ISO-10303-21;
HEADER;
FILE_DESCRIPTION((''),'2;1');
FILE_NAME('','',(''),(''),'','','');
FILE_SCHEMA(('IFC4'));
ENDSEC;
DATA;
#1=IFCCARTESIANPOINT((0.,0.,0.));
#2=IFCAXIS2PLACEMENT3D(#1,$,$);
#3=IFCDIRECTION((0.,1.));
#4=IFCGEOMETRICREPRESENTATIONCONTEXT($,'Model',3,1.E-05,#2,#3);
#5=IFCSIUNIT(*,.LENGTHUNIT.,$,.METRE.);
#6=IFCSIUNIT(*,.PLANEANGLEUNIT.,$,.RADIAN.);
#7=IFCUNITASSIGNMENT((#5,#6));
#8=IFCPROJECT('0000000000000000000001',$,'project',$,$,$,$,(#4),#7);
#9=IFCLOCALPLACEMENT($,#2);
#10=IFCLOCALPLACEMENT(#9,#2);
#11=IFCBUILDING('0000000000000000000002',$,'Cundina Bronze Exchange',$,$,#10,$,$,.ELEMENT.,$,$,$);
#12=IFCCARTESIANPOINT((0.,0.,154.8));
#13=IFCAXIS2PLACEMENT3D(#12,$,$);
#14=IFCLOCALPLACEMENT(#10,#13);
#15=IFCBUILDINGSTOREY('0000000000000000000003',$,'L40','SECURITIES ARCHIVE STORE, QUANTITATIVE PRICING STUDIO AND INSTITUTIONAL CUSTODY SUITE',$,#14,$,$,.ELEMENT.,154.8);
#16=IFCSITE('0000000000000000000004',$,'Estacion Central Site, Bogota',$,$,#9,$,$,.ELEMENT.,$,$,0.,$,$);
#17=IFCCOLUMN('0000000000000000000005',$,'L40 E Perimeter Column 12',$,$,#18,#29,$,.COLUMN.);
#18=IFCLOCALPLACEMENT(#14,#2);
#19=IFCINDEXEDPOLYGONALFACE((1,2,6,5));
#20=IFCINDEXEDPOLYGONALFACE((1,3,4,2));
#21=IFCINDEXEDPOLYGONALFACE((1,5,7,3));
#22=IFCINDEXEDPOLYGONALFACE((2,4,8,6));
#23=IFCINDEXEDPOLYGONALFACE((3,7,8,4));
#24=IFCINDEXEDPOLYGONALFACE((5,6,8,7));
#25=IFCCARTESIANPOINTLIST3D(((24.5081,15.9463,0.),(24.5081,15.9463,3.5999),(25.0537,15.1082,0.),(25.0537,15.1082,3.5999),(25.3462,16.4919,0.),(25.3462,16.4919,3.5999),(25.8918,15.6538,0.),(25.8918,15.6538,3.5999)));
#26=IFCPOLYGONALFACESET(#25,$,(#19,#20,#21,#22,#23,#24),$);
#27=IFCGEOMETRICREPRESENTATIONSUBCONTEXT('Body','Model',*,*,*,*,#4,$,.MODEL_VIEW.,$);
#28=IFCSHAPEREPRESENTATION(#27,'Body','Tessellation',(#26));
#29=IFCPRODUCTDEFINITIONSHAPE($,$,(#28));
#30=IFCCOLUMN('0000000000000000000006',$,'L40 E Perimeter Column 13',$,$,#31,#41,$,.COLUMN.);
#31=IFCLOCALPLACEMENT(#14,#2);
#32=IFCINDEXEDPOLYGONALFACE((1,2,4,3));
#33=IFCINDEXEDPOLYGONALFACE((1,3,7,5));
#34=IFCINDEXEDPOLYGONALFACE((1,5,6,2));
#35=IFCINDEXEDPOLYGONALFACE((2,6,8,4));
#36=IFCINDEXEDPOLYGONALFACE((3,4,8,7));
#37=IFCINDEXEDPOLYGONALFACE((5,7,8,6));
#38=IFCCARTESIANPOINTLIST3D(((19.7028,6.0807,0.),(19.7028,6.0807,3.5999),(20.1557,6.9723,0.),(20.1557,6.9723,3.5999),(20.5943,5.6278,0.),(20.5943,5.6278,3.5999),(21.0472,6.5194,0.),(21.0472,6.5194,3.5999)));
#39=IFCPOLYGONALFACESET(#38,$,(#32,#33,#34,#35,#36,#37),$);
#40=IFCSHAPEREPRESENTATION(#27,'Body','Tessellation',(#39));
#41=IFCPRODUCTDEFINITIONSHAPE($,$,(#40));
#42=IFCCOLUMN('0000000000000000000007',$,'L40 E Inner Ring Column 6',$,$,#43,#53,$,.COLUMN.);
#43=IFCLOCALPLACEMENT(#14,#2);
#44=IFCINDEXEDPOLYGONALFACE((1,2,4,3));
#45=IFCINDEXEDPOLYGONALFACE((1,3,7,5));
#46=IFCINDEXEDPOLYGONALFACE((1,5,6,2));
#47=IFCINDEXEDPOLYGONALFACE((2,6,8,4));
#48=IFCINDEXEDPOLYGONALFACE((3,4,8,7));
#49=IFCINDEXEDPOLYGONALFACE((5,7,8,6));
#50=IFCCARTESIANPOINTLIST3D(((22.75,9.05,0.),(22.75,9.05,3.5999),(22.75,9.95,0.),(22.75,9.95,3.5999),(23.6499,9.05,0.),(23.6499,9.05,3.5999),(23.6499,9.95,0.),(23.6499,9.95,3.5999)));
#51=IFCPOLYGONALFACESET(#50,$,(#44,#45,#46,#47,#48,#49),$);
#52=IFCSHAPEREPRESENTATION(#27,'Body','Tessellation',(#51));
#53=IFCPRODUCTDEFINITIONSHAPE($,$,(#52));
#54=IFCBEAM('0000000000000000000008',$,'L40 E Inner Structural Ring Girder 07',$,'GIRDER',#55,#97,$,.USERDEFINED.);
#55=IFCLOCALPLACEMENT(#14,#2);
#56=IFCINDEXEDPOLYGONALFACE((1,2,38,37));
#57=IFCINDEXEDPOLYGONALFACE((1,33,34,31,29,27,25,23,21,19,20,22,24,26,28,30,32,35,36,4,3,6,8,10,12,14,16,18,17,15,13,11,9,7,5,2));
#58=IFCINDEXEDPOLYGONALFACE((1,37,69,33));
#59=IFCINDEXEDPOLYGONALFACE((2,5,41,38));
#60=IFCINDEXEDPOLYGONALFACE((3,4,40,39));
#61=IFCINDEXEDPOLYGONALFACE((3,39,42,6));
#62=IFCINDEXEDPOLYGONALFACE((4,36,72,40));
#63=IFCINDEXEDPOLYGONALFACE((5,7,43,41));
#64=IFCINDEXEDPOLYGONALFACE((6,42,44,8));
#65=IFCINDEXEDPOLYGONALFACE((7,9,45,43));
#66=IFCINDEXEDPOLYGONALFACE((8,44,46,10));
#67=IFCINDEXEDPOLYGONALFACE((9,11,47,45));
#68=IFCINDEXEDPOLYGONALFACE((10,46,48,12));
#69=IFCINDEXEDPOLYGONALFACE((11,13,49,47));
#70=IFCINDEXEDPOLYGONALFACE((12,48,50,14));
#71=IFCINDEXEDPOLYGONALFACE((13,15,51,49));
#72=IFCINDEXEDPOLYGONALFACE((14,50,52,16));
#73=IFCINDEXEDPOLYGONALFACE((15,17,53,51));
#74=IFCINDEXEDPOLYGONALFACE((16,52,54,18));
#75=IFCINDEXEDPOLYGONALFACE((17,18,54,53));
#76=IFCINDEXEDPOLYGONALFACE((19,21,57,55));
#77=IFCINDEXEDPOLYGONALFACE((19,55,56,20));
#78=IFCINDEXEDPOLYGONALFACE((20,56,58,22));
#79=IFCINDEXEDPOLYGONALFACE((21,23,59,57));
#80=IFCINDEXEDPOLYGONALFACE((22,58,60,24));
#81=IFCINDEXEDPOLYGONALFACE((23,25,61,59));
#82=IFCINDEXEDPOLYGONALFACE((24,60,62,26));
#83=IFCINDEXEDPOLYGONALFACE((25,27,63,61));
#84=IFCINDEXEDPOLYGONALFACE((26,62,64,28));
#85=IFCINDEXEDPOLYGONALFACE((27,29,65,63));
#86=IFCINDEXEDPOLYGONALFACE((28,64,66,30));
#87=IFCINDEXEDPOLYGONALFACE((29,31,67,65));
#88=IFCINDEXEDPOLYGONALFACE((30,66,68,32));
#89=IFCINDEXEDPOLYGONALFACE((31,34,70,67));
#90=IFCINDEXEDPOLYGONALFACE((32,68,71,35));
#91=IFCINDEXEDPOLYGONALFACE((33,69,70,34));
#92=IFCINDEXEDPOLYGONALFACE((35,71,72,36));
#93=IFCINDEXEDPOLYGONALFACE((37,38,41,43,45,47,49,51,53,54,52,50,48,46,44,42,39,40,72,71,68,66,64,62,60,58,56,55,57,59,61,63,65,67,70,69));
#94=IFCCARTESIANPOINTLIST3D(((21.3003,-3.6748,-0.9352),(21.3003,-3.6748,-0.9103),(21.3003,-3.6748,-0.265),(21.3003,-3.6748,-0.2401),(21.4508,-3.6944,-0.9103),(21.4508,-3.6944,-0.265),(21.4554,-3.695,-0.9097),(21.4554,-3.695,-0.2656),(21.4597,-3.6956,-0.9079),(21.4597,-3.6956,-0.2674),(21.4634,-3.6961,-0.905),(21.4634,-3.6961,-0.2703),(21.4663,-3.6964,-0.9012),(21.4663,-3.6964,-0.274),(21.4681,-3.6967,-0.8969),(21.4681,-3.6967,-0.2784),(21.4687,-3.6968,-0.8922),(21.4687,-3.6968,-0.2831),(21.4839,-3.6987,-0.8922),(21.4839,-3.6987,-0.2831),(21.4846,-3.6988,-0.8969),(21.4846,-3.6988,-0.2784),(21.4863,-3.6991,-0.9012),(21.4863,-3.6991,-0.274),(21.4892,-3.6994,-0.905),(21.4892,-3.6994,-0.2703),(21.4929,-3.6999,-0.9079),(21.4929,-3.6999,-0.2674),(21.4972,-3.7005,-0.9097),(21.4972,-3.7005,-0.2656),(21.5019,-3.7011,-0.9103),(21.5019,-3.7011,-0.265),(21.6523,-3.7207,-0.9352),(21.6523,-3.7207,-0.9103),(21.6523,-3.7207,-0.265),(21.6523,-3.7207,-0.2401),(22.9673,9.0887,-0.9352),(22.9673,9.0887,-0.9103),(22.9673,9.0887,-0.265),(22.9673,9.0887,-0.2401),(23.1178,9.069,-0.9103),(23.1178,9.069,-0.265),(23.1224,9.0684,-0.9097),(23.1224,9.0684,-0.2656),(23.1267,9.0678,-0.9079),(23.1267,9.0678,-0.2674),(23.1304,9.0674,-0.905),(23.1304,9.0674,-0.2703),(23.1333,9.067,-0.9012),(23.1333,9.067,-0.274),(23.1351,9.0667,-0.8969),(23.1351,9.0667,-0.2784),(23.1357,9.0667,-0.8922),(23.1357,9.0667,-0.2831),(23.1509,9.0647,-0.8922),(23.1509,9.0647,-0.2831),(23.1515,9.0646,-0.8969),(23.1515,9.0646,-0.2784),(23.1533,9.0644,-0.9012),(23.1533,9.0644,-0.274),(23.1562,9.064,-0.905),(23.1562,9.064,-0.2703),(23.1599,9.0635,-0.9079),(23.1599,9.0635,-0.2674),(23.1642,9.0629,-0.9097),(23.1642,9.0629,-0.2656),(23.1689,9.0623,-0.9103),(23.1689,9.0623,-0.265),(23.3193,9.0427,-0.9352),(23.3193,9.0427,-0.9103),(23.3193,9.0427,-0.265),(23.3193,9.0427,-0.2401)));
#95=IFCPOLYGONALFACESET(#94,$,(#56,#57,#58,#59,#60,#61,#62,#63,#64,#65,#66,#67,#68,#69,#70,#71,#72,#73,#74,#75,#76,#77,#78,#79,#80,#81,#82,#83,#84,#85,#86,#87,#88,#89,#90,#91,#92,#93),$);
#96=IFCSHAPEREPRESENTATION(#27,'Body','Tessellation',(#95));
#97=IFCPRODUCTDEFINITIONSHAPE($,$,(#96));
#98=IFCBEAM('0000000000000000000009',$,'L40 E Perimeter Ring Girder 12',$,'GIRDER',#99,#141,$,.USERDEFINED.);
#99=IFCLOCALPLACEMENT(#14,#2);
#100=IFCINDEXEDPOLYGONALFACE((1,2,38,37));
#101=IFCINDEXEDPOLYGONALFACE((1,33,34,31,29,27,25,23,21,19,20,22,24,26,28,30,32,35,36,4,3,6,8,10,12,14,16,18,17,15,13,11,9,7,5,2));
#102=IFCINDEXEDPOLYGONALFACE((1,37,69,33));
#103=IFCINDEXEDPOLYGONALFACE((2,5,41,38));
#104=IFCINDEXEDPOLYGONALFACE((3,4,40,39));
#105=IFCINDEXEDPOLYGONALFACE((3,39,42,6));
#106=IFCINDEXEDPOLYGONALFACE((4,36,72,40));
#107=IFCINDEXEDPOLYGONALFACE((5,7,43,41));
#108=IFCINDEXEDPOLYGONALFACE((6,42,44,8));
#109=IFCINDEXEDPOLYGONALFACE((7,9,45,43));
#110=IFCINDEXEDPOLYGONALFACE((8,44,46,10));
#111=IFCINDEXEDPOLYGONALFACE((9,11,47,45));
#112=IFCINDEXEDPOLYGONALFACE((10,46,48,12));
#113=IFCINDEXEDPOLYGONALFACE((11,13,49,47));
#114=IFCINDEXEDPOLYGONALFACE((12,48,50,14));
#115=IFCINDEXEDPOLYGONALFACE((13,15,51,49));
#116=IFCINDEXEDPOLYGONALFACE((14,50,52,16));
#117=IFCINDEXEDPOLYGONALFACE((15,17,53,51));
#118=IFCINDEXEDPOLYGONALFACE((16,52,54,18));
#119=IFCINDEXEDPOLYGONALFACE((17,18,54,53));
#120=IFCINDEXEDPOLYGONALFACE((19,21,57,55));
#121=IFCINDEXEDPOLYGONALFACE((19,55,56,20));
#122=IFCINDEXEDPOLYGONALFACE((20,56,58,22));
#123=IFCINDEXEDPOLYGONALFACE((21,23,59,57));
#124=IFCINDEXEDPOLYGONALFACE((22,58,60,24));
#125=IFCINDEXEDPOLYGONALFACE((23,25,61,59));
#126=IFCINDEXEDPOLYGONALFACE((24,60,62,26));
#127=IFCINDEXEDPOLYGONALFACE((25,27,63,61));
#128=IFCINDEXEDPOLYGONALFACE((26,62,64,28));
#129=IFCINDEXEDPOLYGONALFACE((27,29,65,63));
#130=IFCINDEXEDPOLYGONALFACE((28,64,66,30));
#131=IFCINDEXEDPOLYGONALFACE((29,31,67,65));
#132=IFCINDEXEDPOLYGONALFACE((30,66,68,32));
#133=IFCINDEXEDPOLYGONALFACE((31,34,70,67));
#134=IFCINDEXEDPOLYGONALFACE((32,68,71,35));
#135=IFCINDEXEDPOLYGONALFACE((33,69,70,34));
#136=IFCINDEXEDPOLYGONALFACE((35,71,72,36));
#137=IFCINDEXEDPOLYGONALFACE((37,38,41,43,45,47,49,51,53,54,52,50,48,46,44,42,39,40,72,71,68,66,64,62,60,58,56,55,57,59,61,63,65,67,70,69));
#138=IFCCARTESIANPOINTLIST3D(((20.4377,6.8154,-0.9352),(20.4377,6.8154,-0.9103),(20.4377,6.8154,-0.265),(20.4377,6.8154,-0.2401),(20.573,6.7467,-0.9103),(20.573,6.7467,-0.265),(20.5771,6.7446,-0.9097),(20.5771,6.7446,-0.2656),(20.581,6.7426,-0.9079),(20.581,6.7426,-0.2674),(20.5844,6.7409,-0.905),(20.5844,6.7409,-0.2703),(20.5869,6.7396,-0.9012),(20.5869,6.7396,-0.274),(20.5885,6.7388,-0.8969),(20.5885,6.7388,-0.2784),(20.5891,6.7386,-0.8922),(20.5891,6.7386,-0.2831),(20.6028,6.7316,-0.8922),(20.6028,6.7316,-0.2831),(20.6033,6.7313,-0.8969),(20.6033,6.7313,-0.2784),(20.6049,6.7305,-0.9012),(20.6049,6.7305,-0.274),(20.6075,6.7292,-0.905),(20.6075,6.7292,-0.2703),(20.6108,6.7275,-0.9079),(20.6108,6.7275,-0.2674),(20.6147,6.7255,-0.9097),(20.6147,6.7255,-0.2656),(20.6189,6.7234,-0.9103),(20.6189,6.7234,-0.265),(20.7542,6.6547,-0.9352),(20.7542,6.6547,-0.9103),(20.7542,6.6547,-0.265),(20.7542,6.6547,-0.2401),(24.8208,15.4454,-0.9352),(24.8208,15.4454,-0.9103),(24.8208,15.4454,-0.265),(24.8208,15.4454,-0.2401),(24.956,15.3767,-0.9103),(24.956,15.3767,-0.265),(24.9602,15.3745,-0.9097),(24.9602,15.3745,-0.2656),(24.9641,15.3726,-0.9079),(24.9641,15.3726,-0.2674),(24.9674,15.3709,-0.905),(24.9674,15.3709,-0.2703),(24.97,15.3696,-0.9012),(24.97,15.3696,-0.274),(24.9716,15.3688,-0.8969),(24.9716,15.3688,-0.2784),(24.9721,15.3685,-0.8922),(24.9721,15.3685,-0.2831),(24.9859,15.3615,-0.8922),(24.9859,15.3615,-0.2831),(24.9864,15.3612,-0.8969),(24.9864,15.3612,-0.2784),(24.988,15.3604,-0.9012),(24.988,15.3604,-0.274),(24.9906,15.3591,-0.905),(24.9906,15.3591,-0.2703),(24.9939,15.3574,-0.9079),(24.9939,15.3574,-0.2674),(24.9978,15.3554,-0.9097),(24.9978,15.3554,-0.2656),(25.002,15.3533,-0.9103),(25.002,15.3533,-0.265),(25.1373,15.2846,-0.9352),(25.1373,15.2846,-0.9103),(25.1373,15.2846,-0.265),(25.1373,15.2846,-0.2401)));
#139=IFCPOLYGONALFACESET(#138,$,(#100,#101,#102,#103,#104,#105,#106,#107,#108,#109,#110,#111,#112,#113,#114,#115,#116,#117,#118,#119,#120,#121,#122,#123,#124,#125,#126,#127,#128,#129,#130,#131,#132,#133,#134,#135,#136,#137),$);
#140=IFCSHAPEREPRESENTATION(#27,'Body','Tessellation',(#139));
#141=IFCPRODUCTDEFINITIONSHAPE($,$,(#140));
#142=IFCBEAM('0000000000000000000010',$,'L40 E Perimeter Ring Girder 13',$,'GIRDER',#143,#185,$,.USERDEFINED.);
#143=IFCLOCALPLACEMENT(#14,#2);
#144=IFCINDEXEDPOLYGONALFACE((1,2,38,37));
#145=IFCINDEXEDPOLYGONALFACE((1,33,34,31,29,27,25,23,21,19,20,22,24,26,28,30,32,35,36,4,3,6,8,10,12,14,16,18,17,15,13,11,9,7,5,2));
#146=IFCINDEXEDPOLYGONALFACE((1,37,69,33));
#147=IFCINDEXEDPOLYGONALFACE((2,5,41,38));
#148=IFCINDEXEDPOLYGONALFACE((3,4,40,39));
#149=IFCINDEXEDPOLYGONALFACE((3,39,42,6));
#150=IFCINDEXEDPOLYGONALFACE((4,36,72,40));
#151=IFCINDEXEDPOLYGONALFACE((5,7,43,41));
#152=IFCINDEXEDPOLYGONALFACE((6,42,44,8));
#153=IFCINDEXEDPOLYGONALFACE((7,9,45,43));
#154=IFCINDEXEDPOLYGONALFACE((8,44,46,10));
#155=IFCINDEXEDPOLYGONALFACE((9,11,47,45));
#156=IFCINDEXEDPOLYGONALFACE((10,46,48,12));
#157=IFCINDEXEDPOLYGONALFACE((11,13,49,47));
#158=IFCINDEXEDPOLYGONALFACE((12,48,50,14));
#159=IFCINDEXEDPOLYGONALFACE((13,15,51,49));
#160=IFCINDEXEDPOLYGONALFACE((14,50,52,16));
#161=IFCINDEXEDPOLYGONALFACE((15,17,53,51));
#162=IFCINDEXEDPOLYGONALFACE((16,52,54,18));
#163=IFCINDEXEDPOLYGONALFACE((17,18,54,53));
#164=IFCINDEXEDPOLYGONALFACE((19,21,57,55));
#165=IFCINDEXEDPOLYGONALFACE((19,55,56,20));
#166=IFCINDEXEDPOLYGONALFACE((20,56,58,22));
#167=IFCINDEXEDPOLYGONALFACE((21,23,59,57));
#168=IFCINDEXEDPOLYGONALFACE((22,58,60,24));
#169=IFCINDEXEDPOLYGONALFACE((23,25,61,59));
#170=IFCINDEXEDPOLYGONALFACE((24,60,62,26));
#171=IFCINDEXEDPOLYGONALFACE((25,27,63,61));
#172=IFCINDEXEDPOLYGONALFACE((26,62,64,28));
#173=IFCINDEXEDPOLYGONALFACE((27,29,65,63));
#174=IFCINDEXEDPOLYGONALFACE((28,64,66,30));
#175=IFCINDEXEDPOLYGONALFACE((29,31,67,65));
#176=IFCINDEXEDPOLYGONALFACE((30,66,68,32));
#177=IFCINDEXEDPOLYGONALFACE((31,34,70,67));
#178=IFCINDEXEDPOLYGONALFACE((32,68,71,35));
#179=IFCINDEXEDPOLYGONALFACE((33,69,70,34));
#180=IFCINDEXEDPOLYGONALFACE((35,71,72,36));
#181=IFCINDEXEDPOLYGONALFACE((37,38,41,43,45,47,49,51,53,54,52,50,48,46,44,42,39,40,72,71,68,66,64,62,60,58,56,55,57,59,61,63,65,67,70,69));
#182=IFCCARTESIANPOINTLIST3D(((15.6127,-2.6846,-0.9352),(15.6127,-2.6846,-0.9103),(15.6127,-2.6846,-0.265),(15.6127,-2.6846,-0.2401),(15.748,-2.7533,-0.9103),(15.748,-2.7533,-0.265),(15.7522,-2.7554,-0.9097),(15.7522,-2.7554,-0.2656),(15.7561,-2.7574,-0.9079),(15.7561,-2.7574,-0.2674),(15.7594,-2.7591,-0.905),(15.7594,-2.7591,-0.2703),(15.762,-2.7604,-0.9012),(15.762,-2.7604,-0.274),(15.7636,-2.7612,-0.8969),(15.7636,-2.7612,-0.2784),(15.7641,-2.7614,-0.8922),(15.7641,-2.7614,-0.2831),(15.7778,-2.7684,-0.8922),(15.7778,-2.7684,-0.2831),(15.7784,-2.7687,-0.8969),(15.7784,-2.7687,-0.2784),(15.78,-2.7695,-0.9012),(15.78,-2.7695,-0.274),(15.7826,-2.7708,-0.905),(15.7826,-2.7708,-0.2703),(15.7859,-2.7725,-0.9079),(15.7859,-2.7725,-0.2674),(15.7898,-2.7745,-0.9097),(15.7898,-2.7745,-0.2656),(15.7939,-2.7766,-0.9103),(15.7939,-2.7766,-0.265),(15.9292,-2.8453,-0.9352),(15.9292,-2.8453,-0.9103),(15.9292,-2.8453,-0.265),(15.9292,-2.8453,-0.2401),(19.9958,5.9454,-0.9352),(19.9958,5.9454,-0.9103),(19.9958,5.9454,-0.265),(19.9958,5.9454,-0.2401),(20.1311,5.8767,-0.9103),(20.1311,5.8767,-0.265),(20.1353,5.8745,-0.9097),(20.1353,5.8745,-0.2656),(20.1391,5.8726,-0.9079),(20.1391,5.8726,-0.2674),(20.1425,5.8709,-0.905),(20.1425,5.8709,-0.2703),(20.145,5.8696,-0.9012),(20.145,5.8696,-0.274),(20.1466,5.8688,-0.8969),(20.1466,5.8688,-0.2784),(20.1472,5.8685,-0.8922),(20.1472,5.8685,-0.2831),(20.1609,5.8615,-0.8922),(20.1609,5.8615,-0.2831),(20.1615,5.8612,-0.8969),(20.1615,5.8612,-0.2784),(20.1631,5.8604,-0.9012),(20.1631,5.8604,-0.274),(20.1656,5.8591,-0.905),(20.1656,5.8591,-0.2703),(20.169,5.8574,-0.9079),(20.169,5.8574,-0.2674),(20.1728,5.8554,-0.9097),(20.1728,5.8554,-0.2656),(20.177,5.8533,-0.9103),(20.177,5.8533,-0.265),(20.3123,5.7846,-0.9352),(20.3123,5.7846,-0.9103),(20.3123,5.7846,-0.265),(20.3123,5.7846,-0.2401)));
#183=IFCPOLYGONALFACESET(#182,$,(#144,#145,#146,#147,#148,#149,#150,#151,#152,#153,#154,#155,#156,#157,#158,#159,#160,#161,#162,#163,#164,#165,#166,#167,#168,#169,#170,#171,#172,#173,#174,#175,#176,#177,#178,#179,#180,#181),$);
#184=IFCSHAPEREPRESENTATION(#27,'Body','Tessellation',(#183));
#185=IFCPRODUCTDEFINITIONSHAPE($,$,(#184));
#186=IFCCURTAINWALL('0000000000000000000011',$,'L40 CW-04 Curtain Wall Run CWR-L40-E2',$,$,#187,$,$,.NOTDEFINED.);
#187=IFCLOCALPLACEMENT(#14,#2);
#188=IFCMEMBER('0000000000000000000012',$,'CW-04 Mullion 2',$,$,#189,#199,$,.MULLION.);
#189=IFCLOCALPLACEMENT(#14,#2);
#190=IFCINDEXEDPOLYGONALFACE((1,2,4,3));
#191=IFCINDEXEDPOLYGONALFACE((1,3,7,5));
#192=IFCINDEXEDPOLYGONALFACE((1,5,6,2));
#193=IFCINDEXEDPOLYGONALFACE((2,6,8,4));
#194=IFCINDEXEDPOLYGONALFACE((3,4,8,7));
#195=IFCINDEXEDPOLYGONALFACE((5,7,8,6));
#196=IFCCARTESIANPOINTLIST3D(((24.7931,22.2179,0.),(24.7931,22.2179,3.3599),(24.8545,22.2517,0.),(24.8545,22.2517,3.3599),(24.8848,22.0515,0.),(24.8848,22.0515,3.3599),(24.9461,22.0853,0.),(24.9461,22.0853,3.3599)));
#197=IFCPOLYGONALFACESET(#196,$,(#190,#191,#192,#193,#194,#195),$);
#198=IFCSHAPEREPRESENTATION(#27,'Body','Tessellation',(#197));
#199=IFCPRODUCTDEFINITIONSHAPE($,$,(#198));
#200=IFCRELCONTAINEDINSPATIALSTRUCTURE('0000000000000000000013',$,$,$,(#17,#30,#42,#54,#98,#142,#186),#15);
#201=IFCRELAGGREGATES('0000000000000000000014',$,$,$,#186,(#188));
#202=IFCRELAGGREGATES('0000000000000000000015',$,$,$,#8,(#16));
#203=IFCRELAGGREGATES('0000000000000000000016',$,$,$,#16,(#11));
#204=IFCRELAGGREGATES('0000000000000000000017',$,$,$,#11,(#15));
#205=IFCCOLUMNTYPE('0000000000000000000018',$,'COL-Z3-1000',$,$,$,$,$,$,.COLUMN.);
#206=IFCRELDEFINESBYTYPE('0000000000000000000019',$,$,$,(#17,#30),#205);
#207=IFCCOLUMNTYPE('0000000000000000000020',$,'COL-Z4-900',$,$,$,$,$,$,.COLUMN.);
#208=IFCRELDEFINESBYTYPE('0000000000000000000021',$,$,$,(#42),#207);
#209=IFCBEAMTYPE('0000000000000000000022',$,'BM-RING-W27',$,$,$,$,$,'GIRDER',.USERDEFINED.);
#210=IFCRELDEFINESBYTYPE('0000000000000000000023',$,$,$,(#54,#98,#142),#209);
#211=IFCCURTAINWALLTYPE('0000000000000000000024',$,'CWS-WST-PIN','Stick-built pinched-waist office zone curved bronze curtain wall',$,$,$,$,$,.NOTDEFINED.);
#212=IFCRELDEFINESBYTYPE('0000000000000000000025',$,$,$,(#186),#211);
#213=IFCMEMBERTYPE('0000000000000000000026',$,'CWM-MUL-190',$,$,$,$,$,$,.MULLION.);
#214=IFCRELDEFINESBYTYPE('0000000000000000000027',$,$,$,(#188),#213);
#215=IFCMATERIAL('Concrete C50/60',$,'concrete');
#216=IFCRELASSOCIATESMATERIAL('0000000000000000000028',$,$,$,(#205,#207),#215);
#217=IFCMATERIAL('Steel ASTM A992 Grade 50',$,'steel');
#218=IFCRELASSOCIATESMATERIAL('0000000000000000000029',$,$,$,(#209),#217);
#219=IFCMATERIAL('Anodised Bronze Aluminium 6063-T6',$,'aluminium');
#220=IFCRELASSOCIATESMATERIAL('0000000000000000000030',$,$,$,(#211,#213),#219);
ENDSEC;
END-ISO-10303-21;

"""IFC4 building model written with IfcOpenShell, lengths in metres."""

from ifc_helpers import new_model, si_unit, direction, frame, origin, origin_2d, place, context, subcontext, project, spatial, rectangle, i_section, extrude, material, material_profile, profile_set, type_object, element, aggregate, save


model = new_model("IFC4")

# Units and contexts
model_context = context("Model", 3, precision=1e-05, world=origin(), true_north=direction((0.0, 1.0)))
body_context = subcontext(model_context, "Body", "Model", "MODEL_VIEW")
ifc_project = project(units=[si_unit("LENGTHUNIT", "METRE"), si_unit("PLANEANGLEUNIT", "RADIAN")], contexts=[model_context])

# Site, building, storey
site_placement = place(None, origin())
site = spatial("IfcSite", under=ifc_project, at=site_placement, Name="Estacion Central Site, Bogota", CompositionType="ELEMENT", RefElevation=0.0)
building_placement = place(site_placement, origin())
building = spatial("IfcBuilding", under=site, at=building_placement, Name="Cundina Bronze Exchange", CompositionType="ELEMENT")
storey_placement = place(building_placement, frame((0.0, 0.0, 154.8)))
storey = spatial("IfcBuildingStorey", under=building, at=storey_placement, Name="L40", Description="SECURITIES ARCHIVE STORE, QUANTITATIVE PRICING STUDIO AND INSTITUTIONAL CUSTODY SUITE", CompositionType="ELEMENT", Elevation=154.8)

# Columns
ifc_material_1 = material(Name="Concrete C50/60", Category="concrete")
ifc_material_profile_1 = material_profile(ifc_material_1, rectangle(XDim=1.0, YDim=1.0, at=origin_2d()), Name="RC1000X1000", Category="concrete")
ifc_profile_set_1 = profile_set([ifc_material_profile_1], Name="Concrete C50/60")
column_type_1 = type_object("IfcColumnType", Name="COL-Z3-1000", PredefinedType="COLUMN", material=ifc_profile_set_1)
for number, where, z_axis, x_axis, name in (
    (1, (25.2, 15.8, 0.0), (0.0, 0.0, 1.0), (-0.8381, -0.545517, 0.0), "L40 E Perimeter Column 12"),
    (2, (20.375, 6.3, 0.0), (0.0, 0.0, 1.0), (-0.452902, -0.891561, 0.0), "L40 E Perimeter Column 13"),
):
    element("IfcColumn", number, at=place(storey_placement, frame(where, z_axis=z_axis, x_axis=x_axis)), inside=storey, type_object=column_type_1, Name=name, PredefinedType="COLUMN", context=body_context, shape_type="SweptSolid", body=[
        extrude(rectangle(XDim=1.0, YDim=1.0, at=origin_2d()), origin(), (0.0, 0.0, 1.0), 3.5999),
    ])
ifc_material_profile_2 = material_profile(ifc_material_1, rectangle(XDim=0.8999, YDim=0.8999, at=origin_2d()), Name="RC900X900", Category="concrete")
ifc_profile_set_2 = profile_set([ifc_material_profile_2], Name="Concrete C50/60")
column_type_2 = type_object("IfcColumnType", Name="COL-Z4-900", PredefinedType="COLUMN", material=ifc_profile_set_2)
column_placement = place(storey_placement, frame((23.2, 9.5, 0.0), z_axis=(0.0, 0.0, 1.0), x_axis=(1.0, 0.0, 0.0)))
element("IfcColumn", 3, at=column_placement, inside=storey, type_object=column_type_2, Name="L40 E Inner Ring Column 6", PredefinedType="COLUMN", context=body_context, shape_type="SweptSolid", body=[
    extrude(rectangle(XDim=0.8999, YDim=0.8999, at=origin_2d()), origin(), (0.0, 0.0, 1.0), 3.5999),
])

# Beams
ifc_material_2 = material(Name="Steel ASTM A992 Grade 50", Category="steel")
ifc_material_profile_3 = material_profile(ifc_material_2, i_section(OverallWidth=0.355, OverallDepth=0.6951, WebThickness=0.0154, FlangeThickness=0.0249, FilletRadius=0.0181, at=origin_2d()), Name="W27X146", Category="steel")
ifc_profile_set_3 = profile_set([ifc_material_profile_3], Name="Steel ASTM A992 Grade 50")
beam_type = type_object("IfcBeamType", Name="BM-RING-W27", ElementType="GIRDER", PredefinedType="USERDEFINED", material=ifc_profile_set_3)
beam_placement = place(storey_placement, frame((23.1433, 9.0657, -0.5876), z_axis=(-0.129507, -0.991579, 0.0), x_axis=(0.991579, -0.129507, 0.0)))
element("IfcBeam", 4, at=beam_placement, inside=storey, type_object=beam_type, Name="L40 E Inner Structural Ring Girder 07", ObjectType="GIRDER", PredefinedType="USERDEFINED", context=body_context, shape_type="SweptSolid", body=[
    extrude(i_section(OverallWidth=0.355, OverallDepth=0.6951, WebThickness=0.0154, FlangeThickness=0.0249, FilletRadius=0.0181, at=origin_2d()), origin(), (0.0, 0.0, 1.0), 12.8718),
])
for number, where, z_axis, x_axis, name in (
    (5, (24.979, 15.365, -0.5876), (-0.452835, -0.891595, 0.0), (0.891595, -0.452835, 0.0), "L40 E Perimeter Ring Girder 12"),
    (6, (20.1541, 5.865, -0.5876), (-0.452835, -0.891595, 0.0), (0.891595, -0.452835, 0.0), "L40 E Perimeter Ring Girder 13"),
):
    element("IfcBeam", number, at=place(storey_placement, frame(where, z_axis=z_axis, x_axis=x_axis)), inside=storey, type_object=beam_type, Name=name, ObjectType="GIRDER", PredefinedType="USERDEFINED", context=body_context, shape_type="SweptSolid", body=[
        extrude(i_section(OverallWidth=0.355, OverallDepth=0.6951, WebThickness=0.0154, FlangeThickness=0.0249, FilletRadius=0.0181, at=origin_2d()), origin(), (0.0, 0.0, 1.0), 9.6792),
    ])

# Curtain wall, member
ifc_material_3 = material(Name="Anodised Bronze Aluminium 6063-T6", Category="aluminium")
curtain_wall_type = type_object("IfcCurtainWallType", Name="CWS-WST-PIN", Description="Stick-built pinched-waist office zone curved bronze curtain wall", PredefinedType="NOTDEFINED", material=ifc_material_3)
curtain_wall_placement = place(storey_placement, origin())
curtain_wall = element("IfcCurtainWall", 7, at=curtain_wall_placement, inside=storey, type_object=curtain_wall_type, Name="L40 CW-04 Curtain Wall Run CWR-L40-E2", PredefinedType="NOTDEFINED")
ifc_material_profile_4 = material_profile(ifc_material_3, rectangle(XDim=0.0701, YDim=0.1899, at=origin_2d()), Name="AL70X190", Category="aluminium")
ifc_profile_set_4 = profile_set([ifc_material_profile_4], Name="Anodised Bronze Aluminium 6063-T6")
member_type_1 = type_object("IfcMemberType", Name="CWM-MUL-190", PredefinedType="MULLION", material=ifc_profile_set_4)
member_1_placement = place(storey_placement, frame((24.8696, 22.1516, 0.0), z_axis=(0.0, 0.0, 1.0), x_axis=(-0.875886, -0.482518, 0.0)))
member_1 = element("IfcMember", 8, at=member_1_placement, type_object=member_type_1, Name="CW-04 Mullion 2", PredefinedType="MULLION", context=body_context, shape_type="SweptSolid", body=[
    extrude(rectangle(XDim=0.0701, YDim=0.1899, at=origin_2d()), origin(), (0.0, 0.0, 1.0), 3.3599),
])
aggregate(curtain_wall, [member_1])

save(model, "model.ifc")
